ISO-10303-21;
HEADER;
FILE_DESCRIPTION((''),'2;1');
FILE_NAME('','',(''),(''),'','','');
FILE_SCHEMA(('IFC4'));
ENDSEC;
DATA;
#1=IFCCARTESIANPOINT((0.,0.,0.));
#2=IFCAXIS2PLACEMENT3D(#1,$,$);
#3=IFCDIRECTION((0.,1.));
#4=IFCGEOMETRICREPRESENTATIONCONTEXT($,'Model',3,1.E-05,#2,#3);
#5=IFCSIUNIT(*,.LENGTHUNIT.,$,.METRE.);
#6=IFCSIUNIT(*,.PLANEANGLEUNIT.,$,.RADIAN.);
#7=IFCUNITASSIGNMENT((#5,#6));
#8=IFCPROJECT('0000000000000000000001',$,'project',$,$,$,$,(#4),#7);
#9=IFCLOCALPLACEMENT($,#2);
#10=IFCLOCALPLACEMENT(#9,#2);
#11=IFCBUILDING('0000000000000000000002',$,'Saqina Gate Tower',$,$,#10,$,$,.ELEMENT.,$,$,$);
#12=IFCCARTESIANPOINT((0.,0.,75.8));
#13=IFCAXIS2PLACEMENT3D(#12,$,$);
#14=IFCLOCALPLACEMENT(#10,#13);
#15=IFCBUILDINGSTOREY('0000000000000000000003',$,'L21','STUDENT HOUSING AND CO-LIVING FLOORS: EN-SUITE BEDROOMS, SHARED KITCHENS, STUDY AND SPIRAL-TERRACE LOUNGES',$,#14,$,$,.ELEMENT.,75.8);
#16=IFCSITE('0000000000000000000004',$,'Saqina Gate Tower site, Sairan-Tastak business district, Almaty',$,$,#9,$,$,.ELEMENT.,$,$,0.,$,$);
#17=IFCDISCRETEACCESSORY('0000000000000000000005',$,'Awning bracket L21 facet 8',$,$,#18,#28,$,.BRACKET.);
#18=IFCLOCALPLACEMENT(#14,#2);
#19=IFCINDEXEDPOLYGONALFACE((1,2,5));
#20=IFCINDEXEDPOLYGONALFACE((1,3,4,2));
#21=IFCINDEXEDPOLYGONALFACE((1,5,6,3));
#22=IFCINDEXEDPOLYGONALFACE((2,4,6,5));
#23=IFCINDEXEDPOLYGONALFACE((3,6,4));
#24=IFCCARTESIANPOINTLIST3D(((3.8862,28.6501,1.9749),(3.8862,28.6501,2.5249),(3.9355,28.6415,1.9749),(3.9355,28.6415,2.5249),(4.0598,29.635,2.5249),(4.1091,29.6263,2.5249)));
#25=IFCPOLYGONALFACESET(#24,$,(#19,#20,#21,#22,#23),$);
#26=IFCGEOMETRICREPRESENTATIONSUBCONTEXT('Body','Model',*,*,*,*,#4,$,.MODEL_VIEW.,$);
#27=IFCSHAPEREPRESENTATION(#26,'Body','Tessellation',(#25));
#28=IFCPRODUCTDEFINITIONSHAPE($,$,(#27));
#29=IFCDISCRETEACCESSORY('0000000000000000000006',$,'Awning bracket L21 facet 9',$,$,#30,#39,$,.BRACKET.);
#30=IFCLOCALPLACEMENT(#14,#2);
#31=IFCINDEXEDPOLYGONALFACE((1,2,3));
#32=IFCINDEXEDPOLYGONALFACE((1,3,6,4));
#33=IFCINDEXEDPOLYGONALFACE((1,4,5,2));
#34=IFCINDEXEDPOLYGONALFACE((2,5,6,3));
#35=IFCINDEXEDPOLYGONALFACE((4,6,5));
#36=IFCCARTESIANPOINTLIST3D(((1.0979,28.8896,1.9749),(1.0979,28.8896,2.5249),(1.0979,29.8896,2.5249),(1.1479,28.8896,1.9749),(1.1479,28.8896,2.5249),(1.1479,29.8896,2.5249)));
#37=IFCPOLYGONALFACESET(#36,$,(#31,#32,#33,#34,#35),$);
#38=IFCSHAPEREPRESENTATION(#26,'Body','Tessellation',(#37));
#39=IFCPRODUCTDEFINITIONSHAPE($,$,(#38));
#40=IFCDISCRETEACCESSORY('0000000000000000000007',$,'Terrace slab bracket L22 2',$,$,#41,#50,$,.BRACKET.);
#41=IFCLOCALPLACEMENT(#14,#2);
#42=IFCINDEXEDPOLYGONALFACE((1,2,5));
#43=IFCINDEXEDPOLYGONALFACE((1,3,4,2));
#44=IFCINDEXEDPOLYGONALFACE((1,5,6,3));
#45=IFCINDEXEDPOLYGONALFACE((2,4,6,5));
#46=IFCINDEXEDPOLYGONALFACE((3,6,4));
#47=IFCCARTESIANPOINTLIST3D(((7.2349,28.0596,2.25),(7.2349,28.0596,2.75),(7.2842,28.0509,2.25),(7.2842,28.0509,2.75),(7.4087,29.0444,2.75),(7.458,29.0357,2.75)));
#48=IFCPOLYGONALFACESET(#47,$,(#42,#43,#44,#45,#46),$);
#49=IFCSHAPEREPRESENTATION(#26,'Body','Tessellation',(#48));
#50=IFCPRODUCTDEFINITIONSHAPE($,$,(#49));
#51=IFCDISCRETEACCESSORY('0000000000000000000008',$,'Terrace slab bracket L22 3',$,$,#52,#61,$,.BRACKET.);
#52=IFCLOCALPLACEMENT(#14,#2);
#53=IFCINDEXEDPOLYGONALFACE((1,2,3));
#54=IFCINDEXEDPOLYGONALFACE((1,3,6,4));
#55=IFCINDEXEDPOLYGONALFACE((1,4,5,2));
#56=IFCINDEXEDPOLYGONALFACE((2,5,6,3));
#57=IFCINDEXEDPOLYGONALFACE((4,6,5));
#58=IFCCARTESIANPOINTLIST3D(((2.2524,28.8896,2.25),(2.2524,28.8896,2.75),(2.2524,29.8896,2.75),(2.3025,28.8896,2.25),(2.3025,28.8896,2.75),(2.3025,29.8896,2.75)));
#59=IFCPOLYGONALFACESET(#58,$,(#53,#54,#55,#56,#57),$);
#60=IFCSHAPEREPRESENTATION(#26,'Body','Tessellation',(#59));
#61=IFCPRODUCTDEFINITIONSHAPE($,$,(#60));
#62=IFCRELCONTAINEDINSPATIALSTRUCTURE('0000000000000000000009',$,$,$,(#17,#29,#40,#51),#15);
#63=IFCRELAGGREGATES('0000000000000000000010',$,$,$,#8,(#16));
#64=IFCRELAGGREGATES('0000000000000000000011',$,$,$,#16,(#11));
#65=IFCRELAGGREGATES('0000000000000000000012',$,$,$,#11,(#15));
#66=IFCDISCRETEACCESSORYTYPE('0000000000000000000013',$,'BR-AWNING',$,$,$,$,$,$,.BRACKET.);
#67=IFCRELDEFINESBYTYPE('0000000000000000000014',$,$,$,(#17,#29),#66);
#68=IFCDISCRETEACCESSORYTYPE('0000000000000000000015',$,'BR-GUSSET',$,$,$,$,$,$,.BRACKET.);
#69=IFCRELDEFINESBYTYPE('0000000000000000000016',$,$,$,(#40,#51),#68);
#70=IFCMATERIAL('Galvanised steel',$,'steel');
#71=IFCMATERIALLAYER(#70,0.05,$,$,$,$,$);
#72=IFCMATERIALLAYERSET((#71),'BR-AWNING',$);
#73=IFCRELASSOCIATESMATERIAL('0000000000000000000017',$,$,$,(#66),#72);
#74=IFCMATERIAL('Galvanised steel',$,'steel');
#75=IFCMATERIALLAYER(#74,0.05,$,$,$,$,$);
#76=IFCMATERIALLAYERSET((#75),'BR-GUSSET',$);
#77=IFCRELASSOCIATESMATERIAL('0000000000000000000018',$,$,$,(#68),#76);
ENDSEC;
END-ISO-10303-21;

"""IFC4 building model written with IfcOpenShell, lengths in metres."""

from ifc_helpers import new_model, si_unit, direction, frame, origin, place, context, subcontext, project, spatial, polyline, outline, extrude, material, layer, layer_set, type_object, element, save


model = new_model("IFC4")

# Units and contexts
model_context = context("Model", 3, precision=1e-05, world=origin(), true_north=direction((0.0, 1.0)))
body_context = subcontext(model_context, "Body", "Model", "MODEL_VIEW")
ifc_project = project(units=[si_unit("LENGTHUNIT", "METRE"), si_unit("PLANEANGLEUNIT", "RADIAN")], contexts=[model_context])

# Site, building, storey
site_placement = place(None, origin())
site = spatial("IfcSite", under=ifc_project, at=site_placement, Name="Saqina Gate Tower site, Sairan-Tastak business district, Almaty", CompositionType="ELEMENT", RefElevation=0.0)
building_placement = place(site_placement, origin())
building = spatial("IfcBuilding", under=site, at=building_placement, Name="Saqina Gate Tower", CompositionType="ELEMENT")
storey_placement = place(building_placement, frame((0.0, 0.0, 75.8)))
storey = spatial("IfcBuildingStorey", under=building, at=storey_placement, Name="L21", Description="STUDENT HOUSING AND CO-LIVING FLOORS: EN-SUITE BEDROOMS, SHARED KITCHENS, STUDY AND SPIRAL-TERRACE LOUNGES", CompositionType="ELEMENT", Elevation=75.8)

# Discrete accessories
ifc_material_1 = material(Name="Galvanised steel", Category="steel")
ifc_layer_1 = layer(ifc_material_1, 0.05)
ifc_layer_set_1 = layer_set([ifc_layer_1], Name="BR-AWNING")
discrete_accessory_type_1 = type_object("IfcDiscreteAccessoryType", Name="BR-AWNING", PredefinedType="BRACKET", material=ifc_layer_set_1)
for number, where, z_axis, x_axis, name in (
    (1, (3.8862, 28.6501, 1.9749), (-0.98482, 0.173576, 0.0), (0.0, 0.0, 1.0), "Awning bracket L21 facet 8"),
):
    element("IfcDiscreteAccessory", number, at=place(storey_placement, frame(where, z_axis=z_axis, x_axis=x_axis)), inside=storey, type_object=discrete_accessory_type_1, Name=name, PredefinedType="BRACKET", context=body_context, shape_type="SweptSolid", body=[
        extrude(outline(polyline([(0.0, 0.0), (0.55, 0.0), (0.55, 1.0), (0.0, 0.0)])), origin(), (0.0, 0.0, -1.0), 0.05),
    ])
discrete_accessory_1_placement = place(storey_placement, frame((1.0979, 28.8896, 1.9749), z_axis=(-1.0, 0.0, 0.0), x_axis=(0.0, 0.0, 1.0)))
element("IfcDiscreteAccessory", 2, at=discrete_accessory_1_placement, inside=storey, type_object=discrete_accessory_type_1, Name="Awning bracket L21 facet 9", PredefinedType="BRACKET", context=body_context, shape_type="SweptSolid", body=[
    extrude(outline(polyline([(0.0, 0.0), (0.55, 0.0), (0.55, 1.0), (0.0, 0.0)])), origin(), (0.0, 0.0, -1.0), 0.05),
])
ifc_material_2 = material(Name="Galvanised steel", Category="steel")
ifc_layer_2 = layer(ifc_material_2, 0.05)
ifc_layer_set_2 = layer_set([ifc_layer_2], Name="BR-GUSSET")
discrete_accessory_type_2 = type_object("IfcDiscreteAccessoryType", Name="BR-GUSSET", PredefinedType="BRACKET", material=ifc_layer_set_2)
discrete_accessory_2_placement = place(storey_placement, frame((7.2349, 28.0596, 2.25), z_axis=(-0.984779, 0.173813, 0.0), x_axis=(0.0, 0.0, 1.0)))
element("IfcDiscreteAccessory", 3, at=discrete_accessory_2_placement, inside=storey, type_object=discrete_accessory_type_2, Name="Terrace slab bracket L22 2", PredefinedType="BRACKET", context=body_context, shape_type="SweptSolid", body=[
    extrude(outline(polyline([(0.0, 0.0), (0.5, 0.0), (0.5, 1.0001), (0.0, 0.0)])), origin(), (0.0, 0.0, -1.0), 0.05),
])
discrete_accessory_3_placement = place(storey_placement, frame((2.2524, 28.8896, 2.25), z_axis=(-1.0, 0.0, 0.0), x_axis=(0.0, 0.0, 1.0)))
element("IfcDiscreteAccessory", 4, at=discrete_accessory_3_placement, inside=storey, type_object=discrete_accessory_type_2, Name="Terrace slab bracket L22 3", PredefinedType="BRACKET", context=body_context, shape_type="SweptSolid", body=[
    extrude(outline(polyline([(0.0, 0.0), (0.5, 0.0), (0.5, 1.0), (0.0, 0.0)])), origin(), (0.0, 0.0, -1.0), 0.05),
])

save(model, "model.ifc")
